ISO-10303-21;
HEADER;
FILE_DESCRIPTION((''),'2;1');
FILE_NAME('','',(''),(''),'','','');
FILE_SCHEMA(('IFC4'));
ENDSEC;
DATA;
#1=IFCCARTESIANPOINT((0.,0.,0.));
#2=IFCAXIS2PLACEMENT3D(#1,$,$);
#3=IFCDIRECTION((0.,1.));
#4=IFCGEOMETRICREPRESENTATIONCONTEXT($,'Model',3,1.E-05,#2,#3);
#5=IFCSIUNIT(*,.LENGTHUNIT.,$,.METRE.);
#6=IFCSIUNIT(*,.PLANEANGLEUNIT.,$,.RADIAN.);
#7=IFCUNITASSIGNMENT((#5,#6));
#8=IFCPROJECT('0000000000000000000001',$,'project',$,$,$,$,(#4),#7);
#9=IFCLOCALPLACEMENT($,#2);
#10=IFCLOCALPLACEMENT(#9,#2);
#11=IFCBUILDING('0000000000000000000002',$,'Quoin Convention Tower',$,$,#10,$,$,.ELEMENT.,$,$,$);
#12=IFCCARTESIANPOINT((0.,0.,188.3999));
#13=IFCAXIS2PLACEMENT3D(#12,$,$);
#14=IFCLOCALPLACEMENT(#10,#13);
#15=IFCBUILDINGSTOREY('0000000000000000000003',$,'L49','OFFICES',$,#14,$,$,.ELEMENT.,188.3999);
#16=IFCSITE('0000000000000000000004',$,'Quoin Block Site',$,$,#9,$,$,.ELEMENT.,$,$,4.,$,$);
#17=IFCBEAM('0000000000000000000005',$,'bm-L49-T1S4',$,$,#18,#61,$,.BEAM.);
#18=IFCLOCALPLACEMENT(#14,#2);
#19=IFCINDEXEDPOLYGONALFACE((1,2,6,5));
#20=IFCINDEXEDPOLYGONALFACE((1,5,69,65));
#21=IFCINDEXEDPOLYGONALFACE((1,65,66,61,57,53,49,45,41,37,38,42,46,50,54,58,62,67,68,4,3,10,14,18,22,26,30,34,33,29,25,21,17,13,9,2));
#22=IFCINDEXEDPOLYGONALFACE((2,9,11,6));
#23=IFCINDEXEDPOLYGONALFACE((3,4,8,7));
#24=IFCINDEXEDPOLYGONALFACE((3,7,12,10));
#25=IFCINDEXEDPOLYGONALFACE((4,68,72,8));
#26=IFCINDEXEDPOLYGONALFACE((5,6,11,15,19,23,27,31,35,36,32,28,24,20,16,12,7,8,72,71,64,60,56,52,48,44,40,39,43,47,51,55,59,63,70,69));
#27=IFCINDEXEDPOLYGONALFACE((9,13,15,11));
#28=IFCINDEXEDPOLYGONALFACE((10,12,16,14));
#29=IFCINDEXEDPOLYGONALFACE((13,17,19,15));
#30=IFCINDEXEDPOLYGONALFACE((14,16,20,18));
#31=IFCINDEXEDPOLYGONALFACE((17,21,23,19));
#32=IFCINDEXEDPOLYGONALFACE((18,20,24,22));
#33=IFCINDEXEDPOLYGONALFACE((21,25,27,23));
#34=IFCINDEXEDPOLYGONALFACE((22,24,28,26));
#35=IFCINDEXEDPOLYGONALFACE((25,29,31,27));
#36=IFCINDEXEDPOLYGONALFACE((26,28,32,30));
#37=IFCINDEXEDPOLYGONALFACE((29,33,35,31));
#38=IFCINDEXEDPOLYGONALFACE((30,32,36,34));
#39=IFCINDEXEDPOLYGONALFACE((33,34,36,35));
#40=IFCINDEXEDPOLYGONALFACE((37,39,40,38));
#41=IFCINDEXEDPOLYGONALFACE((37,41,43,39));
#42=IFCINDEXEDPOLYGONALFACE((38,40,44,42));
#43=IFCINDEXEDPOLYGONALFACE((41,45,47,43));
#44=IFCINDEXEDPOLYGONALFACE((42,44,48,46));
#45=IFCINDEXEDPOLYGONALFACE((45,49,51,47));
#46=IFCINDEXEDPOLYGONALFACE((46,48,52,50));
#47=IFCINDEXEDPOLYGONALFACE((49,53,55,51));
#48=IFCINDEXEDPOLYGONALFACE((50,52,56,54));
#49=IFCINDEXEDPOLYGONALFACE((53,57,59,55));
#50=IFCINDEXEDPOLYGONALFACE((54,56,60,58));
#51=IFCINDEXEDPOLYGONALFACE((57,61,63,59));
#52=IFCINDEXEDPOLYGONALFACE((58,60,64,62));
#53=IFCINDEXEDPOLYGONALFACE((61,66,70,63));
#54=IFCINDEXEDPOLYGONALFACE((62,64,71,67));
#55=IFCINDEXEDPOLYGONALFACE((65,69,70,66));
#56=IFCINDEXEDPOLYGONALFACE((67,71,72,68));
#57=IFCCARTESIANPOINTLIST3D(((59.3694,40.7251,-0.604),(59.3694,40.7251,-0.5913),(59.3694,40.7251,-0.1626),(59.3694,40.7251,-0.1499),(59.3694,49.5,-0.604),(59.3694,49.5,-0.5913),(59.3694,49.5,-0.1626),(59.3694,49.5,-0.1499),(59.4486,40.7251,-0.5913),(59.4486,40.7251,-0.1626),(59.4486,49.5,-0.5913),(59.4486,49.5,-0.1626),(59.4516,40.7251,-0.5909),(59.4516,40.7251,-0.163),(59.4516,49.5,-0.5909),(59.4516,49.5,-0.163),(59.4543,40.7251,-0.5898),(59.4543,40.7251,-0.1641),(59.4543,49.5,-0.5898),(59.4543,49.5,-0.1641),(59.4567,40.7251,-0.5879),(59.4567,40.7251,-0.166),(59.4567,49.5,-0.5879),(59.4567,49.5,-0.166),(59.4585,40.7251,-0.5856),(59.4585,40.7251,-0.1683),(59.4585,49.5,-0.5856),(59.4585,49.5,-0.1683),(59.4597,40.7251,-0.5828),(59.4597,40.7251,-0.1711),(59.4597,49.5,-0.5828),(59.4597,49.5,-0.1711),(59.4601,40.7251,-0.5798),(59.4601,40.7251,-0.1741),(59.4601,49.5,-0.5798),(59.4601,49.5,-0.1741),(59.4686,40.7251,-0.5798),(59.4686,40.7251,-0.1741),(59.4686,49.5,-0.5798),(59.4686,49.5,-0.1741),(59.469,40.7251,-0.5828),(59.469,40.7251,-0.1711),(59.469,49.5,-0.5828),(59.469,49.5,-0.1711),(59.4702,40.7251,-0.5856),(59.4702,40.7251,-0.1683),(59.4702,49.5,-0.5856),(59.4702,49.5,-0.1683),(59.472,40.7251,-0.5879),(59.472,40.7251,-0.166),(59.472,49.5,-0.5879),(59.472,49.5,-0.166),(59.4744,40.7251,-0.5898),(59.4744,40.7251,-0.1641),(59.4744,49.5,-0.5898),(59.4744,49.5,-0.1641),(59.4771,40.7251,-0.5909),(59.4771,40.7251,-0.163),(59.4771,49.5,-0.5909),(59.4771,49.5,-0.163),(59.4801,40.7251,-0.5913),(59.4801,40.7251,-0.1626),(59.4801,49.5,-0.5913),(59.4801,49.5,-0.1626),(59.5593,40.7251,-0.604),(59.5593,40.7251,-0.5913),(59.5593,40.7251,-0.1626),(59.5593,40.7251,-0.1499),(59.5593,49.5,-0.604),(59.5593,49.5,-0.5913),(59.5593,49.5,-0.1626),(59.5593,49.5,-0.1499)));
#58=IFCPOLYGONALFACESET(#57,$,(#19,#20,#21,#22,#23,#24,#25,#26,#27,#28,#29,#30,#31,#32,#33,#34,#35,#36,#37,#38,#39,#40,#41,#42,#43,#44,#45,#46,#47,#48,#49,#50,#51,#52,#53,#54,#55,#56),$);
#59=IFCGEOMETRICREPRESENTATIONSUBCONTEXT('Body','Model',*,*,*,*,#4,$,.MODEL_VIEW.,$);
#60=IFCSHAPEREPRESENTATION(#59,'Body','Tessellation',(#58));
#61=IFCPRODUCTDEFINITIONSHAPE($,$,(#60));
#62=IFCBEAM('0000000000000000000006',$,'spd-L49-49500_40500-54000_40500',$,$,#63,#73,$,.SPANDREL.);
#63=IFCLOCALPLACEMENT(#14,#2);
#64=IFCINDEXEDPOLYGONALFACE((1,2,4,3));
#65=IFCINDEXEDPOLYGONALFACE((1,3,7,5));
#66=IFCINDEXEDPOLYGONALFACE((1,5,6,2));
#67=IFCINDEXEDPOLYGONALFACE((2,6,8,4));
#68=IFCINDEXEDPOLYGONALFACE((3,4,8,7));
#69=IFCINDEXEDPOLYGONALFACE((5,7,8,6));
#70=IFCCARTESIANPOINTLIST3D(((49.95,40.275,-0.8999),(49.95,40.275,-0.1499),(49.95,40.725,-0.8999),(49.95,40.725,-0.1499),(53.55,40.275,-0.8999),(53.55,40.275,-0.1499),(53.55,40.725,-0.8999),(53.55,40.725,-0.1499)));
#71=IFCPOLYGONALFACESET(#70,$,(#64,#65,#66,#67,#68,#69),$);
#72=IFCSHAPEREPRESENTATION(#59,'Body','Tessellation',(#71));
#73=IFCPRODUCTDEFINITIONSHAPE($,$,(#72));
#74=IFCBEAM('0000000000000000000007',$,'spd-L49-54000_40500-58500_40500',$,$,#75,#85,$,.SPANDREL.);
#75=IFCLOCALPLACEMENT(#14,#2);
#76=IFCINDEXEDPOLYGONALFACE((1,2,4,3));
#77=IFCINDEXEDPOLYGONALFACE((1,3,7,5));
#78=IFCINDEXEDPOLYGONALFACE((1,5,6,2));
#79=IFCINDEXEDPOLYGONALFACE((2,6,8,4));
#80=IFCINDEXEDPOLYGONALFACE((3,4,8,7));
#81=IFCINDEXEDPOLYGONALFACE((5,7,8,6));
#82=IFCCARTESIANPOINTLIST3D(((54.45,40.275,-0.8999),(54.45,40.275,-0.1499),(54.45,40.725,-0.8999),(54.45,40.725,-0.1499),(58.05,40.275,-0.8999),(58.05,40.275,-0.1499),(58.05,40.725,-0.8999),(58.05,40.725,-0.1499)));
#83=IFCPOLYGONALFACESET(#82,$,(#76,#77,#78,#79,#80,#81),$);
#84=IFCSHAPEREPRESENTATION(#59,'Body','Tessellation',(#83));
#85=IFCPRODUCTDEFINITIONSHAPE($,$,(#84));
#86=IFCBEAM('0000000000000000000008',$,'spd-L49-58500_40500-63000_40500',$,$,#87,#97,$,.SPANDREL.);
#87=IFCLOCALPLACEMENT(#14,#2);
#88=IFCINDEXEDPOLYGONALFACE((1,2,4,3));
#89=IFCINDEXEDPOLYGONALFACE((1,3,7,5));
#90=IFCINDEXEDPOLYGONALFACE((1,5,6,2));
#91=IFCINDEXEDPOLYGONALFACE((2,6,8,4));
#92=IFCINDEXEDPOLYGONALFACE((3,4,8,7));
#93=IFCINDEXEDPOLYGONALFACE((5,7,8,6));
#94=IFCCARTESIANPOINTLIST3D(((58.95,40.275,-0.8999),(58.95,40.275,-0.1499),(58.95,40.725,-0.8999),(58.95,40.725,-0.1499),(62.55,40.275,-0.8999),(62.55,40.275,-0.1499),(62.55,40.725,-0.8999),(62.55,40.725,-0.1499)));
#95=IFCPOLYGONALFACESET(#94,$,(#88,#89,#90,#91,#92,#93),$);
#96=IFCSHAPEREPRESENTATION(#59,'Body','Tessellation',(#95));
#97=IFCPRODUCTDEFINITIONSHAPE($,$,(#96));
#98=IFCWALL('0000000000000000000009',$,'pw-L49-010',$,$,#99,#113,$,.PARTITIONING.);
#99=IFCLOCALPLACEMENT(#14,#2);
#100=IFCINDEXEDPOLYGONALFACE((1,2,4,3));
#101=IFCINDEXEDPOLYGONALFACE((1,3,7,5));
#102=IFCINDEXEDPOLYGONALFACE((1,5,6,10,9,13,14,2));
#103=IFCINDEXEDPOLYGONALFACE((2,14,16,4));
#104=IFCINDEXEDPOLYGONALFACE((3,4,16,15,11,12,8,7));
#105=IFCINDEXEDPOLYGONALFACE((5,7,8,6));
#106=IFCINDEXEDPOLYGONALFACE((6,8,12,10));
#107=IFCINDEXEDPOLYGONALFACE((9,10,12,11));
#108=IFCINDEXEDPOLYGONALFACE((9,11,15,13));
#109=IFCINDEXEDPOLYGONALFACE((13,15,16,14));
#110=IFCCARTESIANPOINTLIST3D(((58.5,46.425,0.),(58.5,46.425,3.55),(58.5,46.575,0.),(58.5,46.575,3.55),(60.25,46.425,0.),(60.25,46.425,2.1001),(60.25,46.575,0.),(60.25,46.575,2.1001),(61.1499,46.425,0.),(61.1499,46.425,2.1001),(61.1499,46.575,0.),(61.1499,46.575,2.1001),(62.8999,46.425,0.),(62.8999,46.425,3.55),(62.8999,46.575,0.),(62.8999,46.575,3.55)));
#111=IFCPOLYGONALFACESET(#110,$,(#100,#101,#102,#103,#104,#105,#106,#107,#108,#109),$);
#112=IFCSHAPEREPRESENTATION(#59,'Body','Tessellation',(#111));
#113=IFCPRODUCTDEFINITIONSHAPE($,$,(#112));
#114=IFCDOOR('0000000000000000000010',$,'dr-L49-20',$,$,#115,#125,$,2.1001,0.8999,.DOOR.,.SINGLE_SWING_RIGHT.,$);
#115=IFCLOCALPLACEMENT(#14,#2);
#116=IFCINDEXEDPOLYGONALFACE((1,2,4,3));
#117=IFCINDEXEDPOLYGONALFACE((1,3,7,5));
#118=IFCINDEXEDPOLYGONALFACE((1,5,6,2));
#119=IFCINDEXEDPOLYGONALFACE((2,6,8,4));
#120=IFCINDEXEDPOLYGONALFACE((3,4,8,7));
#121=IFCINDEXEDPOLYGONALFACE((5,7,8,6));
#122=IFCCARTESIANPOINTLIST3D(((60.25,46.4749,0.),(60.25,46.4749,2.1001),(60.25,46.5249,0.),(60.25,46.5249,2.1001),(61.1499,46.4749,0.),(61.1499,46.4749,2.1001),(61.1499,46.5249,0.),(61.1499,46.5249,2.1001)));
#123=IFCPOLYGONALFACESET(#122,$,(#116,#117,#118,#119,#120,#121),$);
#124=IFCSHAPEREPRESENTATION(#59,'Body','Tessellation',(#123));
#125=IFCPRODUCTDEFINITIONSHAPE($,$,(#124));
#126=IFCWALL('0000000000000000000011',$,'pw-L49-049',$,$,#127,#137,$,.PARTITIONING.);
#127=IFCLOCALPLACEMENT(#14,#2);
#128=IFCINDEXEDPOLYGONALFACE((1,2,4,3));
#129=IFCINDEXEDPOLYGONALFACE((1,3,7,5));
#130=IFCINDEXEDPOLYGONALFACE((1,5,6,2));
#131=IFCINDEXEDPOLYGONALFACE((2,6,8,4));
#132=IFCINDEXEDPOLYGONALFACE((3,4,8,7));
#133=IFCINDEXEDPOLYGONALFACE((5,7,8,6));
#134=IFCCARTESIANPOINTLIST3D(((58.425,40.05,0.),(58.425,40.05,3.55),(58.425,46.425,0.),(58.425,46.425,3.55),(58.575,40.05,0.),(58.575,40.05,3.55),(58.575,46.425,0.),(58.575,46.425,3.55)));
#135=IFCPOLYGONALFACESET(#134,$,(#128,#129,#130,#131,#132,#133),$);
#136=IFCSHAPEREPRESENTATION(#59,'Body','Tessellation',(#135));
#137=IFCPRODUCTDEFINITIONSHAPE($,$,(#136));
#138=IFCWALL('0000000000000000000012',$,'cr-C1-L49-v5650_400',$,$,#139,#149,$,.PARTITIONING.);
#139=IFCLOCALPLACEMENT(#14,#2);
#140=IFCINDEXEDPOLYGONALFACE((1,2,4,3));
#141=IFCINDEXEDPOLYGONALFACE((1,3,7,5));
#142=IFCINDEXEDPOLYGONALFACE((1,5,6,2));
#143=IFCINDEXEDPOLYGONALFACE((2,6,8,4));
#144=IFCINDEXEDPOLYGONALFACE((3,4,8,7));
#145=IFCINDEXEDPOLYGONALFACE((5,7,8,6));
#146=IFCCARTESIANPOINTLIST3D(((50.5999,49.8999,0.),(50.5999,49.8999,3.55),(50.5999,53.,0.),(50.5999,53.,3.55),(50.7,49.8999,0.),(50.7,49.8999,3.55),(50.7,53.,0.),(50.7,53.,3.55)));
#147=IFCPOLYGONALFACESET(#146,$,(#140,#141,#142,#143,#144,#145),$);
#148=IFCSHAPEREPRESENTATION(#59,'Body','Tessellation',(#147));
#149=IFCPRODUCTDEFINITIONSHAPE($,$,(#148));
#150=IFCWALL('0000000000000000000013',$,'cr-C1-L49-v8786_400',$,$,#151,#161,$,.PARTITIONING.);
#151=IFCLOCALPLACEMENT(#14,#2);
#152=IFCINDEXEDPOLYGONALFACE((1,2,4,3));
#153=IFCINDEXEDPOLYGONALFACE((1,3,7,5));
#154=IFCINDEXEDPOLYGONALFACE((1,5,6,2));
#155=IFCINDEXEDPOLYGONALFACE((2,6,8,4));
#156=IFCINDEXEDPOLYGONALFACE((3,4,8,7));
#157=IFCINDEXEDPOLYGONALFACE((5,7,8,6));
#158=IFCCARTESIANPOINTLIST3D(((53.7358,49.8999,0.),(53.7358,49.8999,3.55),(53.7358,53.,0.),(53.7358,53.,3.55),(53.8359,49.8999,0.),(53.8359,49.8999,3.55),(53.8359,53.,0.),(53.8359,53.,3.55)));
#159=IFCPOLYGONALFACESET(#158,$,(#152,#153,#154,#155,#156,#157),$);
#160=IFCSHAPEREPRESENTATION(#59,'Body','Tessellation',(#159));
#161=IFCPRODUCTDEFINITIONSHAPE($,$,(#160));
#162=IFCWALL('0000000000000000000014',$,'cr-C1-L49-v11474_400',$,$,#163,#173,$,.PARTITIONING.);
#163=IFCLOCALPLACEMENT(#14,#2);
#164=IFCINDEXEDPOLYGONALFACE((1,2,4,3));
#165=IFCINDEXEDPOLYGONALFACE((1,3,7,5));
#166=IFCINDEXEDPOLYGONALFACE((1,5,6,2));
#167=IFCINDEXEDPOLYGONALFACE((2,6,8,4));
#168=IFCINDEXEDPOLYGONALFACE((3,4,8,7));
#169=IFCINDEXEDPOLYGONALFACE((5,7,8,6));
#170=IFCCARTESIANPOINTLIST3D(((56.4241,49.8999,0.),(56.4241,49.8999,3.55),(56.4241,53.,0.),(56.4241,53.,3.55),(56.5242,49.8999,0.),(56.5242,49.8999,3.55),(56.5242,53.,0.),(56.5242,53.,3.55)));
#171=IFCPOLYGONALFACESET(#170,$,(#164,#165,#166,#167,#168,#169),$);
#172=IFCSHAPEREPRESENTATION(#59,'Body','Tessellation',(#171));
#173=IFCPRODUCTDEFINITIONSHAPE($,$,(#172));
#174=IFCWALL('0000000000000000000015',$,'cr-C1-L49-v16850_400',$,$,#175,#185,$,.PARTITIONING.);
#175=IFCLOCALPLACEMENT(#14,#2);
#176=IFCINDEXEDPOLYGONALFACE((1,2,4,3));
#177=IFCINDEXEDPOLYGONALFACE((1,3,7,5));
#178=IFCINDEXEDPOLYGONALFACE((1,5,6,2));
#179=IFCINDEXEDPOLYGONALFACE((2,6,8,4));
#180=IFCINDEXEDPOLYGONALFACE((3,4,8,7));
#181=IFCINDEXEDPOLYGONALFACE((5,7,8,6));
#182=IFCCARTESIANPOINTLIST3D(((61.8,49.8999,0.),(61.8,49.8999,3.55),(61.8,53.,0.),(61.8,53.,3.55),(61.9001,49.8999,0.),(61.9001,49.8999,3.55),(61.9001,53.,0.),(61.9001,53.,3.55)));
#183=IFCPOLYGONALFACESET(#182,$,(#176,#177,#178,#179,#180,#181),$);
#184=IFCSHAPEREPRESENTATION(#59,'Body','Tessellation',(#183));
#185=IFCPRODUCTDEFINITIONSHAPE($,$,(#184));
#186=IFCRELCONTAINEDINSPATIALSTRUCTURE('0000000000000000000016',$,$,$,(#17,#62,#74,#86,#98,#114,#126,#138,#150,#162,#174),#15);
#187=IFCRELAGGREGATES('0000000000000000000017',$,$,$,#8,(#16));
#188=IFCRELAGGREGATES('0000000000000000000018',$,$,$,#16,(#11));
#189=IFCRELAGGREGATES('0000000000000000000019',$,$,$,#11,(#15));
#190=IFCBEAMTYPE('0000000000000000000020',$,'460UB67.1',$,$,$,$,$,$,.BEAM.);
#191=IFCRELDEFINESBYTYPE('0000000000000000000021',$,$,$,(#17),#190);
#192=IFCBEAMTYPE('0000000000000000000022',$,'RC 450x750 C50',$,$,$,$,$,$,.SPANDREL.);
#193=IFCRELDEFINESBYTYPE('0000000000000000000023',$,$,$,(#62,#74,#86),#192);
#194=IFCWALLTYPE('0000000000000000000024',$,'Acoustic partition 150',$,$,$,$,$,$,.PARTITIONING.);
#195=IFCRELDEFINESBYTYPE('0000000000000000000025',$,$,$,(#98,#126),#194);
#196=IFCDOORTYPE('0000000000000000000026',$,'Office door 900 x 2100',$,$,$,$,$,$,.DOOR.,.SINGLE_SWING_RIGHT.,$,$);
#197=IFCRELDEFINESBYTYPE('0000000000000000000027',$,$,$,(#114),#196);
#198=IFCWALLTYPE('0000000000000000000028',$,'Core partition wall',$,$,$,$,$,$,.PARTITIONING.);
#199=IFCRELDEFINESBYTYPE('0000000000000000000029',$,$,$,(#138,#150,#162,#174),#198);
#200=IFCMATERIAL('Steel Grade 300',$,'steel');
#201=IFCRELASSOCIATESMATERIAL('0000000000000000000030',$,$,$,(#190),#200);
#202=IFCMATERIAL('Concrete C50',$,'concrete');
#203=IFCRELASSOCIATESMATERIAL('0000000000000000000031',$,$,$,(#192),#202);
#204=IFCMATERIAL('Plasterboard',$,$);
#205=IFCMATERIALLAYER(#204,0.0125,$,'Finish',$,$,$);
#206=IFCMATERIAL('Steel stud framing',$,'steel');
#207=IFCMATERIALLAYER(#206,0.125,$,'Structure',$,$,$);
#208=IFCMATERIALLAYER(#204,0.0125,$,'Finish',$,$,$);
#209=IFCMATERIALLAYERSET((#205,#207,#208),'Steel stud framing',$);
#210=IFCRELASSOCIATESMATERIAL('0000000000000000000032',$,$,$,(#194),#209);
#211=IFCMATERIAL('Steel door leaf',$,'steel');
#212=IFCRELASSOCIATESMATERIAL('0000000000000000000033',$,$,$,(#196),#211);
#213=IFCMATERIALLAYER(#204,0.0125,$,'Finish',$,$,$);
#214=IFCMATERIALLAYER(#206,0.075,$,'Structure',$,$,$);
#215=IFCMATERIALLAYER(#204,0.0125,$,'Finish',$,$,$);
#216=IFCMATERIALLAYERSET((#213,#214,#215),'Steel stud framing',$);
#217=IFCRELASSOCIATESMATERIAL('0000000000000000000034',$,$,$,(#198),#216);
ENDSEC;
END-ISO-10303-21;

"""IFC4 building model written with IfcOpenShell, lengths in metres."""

from ifc_helpers import new_model, si_unit, direction, frame, frame_2d, origin, origin_2d, place, context, subcontext, project, spatial, rectangle, i_section, extrude, material, layer, layer_set, material_profile, profile_set, type_object, element, fill, save


model = new_model("IFC4")

# Units and contexts
model_context = context("Model", 3, precision=1e-05, world=origin(), true_north=direction((0.0, 1.0)))
body_context = subcontext(model_context, "Body", "Model", "MODEL_VIEW")
ifc_project = project(units=[si_unit("LENGTHUNIT", "METRE"), si_unit("PLANEANGLEUNIT", "RADIAN")], contexts=[model_context])

# Site, building, storey
site_placement = place(None, origin())
site = spatial("IfcSite", under=ifc_project, at=site_placement, Name="Quoin Block Site", CompositionType="ELEMENT", RefElevation=4.0)
building_placement = place(site_placement, origin())
building = spatial("IfcBuilding", under=site, at=building_placement, Name="Quoin Convention Tower", CompositionType="ELEMENT")
storey_placement = place(building_placement, frame((0.0, 0.0, 188.3999)))
storey = spatial("IfcBuildingStorey", under=building, at=storey_placement, Name="L49", Description="OFFICES", CompositionType="ELEMENT", Elevation=188.3999)

# Shared definitions
ifc_material_1 = material(Name="Concrete C50", Category="concrete")

# Beams
ifc_material_2 = material(Name="Steel Grade 300", Category="steel")
ifc_material_profile_1 = material_profile(ifc_material_2, i_section(OverallWidth=0.1899, OverallDepth=0.4541, WebThickness=0.0085, FlangeThickness=0.0127, FilletRadius=0.0115, at=origin_2d()), Name="460UB67.1")
ifc_profile_set_1 = profile_set([ifc_material_profile_1], Name="Steel Grade 300")
beam_type_1 = type_object("IfcBeamType", Name="460UB67.1", PredefinedType="BEAM", material=ifc_profile_set_1)
for number, where, z_axis, x_axis, name in (
    (1, (59.4644, 40.7251, -0.377), (0.0, 1.0, 0.0), (-1.0, 0.0, 0.0), "bm-L49-T1S4"),
):
    element("IfcBeam", number, at=place(storey_placement, frame(where, z_axis=z_axis, x_axis=x_axis)), inside=storey, type_object=beam_type_1, Name=name, PredefinedType="BEAM", context=body_context, shape_type="SweptSolid", body=[
        extrude(i_section(OverallWidth=0.1899, OverallDepth=0.4541, WebThickness=0.0085, FlangeThickness=0.0127, FilletRadius=0.0115, at=origin_2d()), origin(), (0.0, 0.0, 1.0), 8.7749),
    ])
ifc_material_profile_2 = material_profile(ifc_material_1, rectangle(XDim=0.45, YDim=0.75, at=origin_2d()), Name="RC 450x750")
ifc_profile_set_2 = profile_set([ifc_material_profile_2], Name="Concrete C50")
beam_type_2 = type_object("IfcBeamType", Name="RC 450x750 C50", PredefinedType="SPANDREL", material=ifc_profile_set_2)
for number, where, z_axis, x_axis, name in (
    (2, (49.95, 40.5, -0.5249), (1.0, 0.0, 0.0), (0.0, 1.0, 0.0), "spd-L49-49500_40500-54000_40500"),
    (3, (54.45, 40.5, -0.5249), (1.0, 0.0, 0.0), (0.0, 1.0, 0.0), "spd-L49-54000_40500-58500_40500"),
    (4, (58.95, 40.5, -0.5249), (1.0, 0.0, 0.0), (0.0, 1.0, 0.0), "spd-L49-58500_40500-63000_40500"),
):
    element("IfcBeam", number, at=place(storey_placement, frame(where, z_axis=z_axis, x_axis=x_axis)), inside=storey, type_object=beam_type_2, Name=name, PredefinedType="SPANDREL", context=body_context, shape_type="SweptSolid", body=[
        extrude(rectangle(XDim=0.45, YDim=0.75, at=origin_2d()), origin(), (0.0, 0.0, 1.0), 3.6001),
    ])

# Wall, opening, door
ifc_material_3 = material(Name="Plasterboard")
ifc_layer_1 = layer(ifc_material_3, 0.0125, Name="Finish")
ifc_material_4 = material(Name="Steel stud framing", Category="steel")
ifc_layer_2 = layer(ifc_material_4, 0.125, Name="Structure")
ifc_layer_3 = layer(ifc_material_3, 0.0125, Name="Finish")
ifc_layer_set_1 = layer_set([ifc_layer_1, ifc_layer_2, ifc_layer_3], Name="Steel stud framing")
wall_type_1 = type_object("IfcWallType", Name="Acoustic partition 150", PredefinedType="PARTITIONING", material=ifc_layer_set_1)
wall_1_placement = place(storey_placement, frame((58.5, 46.5, 0.0), z_axis=(0.0, 0.0, 1.0), x_axis=(1.0, 0.0, 0.0)))
wall_1 = element("IfcWall", 5, at=wall_1_placement, inside=storey, type_object=wall_type_1, Name="pw-L49-010", PredefinedType="PARTITIONING", context=body_context, shape_type="SweptSolid", body=[
    extrude(rectangle(XDim=4.3999, YDim=0.1499, at=frame_2d((2.2, 0.0))), origin(), (0.0, 0.0, 1.0), 3.55),
])
opening_1_placement = place(wall_1_placement, frame((1.75, 0.0, 0.0)))
opening_1 = element("IfcOpeningElement", 6, at=opening_1_placement, cuts=wall_1, PredefinedType="OPENING", context=body_context, shape_type="SweptSolid", body=[
    extrude(rectangle(XDim=0.8999, YDim=2.1001, at=frame_2d((0.45, 1.05))), frame((0.0, 0.085, 0.0), z_axis=(0.0, -1.0, 0.0), x_axis=(1.0, 0.0, 0.0)), (0.0, 0.0, 1.0), 0.1699),
])
ifc_material_5 = material(Name="Steel door leaf", Category="steel")
door_type_1 = type_object("IfcDoorType", Name="Office door 900 x 2100", OperationType="SINGLE_SWING_RIGHT", PredefinedType="DOOR", material=ifc_material_5)
door_1_placement = place(opening_1_placement, origin())
door_1 = element("IfcDoor", 7, at=door_1_placement, inside=storey, type_object=door_type_1, Name="dr-L49-20", OperationType="SINGLE_SWING_RIGHT", OverallHeight=2.1001, OverallWidth=0.8999, PredefinedType="DOOR", context=body_context, shape_type="SweptSolid", body=[
    extrude(rectangle(XDim=0.8999, YDim=2.1001, at=frame_2d((0.45, 1.05))), frame((0.0, 0.0249, 0.0), z_axis=(0.0, -1.0, 0.0), x_axis=(1.0, 0.0, 0.0)), (0.0, 0.0, 1.0), 0.05),
])
fill(opening_1, door_1)

# Walls
wall_2_placement = place(storey_placement, frame((58.5, 40.05, 0.0), z_axis=(0.0, 0.0, 1.0), x_axis=(0.0, 1.0, 0.0)))
element("IfcWall", 8, at=wall_2_placement, inside=storey, type_object=wall_type_1, Name="pw-L49-049", PredefinedType="PARTITIONING", context=body_context, shape_type="SweptSolid", body=[
    extrude(rectangle(XDim=6.375, YDim=0.1499, at=frame_2d((3.1875, 0.0))), origin(), (0.0, 0.0, 1.0), 3.55),
])
ifc_layer_4 = layer(ifc_material_3, 0.0125, Name="Finish")
ifc_layer_5 = layer(ifc_material_4, 0.075, Name="Structure")
ifc_layer_6 = layer(ifc_material_3, 0.0125, Name="Finish")
ifc_layer_set_2 = layer_set([ifc_layer_4, ifc_layer_5, ifc_layer_6], Name="Steel stud framing")
wall_type_2 = type_object("IfcWallType", Name="Core partition wall", PredefinedType="PARTITIONING", material=ifc_layer_set_2)
for number, where, z_axis, x_axis, name in (
    (9, (50.6499, 49.8999, 0.0), (0.0, 0.0, 1.0), (0.0, 1.0, 0.0), "cr-C1-L49-v5650_400"),
    (10, (53.7859, 49.8999, 0.0), (0.0, 0.0, 1.0), (0.0, 1.0, 0.0), "cr-C1-L49-v8786_400"),
    (11, (56.4741, 49.8999, 0.0), (0.0, 0.0, 1.0), (0.0, 1.0, 0.0), "cr-C1-L49-v11474_400"),
    (12, (61.8501, 49.8999, 0.0), (0.0, 0.0, 1.0), (0.0, 1.0, 0.0), "cr-C1-L49-v16850_400"),
):
    element("IfcWall", number, at=place(storey_placement, frame(where, z_axis=z_axis, x_axis=x_axis)), inside=storey, type_object=wall_type_2, Name=name, PredefinedType="PARTITIONING", context=body_context, shape_type="SweptSolid", body=[
        extrude(rectangle(XDim=3.1001, YDim=0.1001, at=frame_2d((1.55, 0.0))), origin(), (0.0, 0.0, 1.0), 3.55),
    ])

save(model, "model.ifc")
